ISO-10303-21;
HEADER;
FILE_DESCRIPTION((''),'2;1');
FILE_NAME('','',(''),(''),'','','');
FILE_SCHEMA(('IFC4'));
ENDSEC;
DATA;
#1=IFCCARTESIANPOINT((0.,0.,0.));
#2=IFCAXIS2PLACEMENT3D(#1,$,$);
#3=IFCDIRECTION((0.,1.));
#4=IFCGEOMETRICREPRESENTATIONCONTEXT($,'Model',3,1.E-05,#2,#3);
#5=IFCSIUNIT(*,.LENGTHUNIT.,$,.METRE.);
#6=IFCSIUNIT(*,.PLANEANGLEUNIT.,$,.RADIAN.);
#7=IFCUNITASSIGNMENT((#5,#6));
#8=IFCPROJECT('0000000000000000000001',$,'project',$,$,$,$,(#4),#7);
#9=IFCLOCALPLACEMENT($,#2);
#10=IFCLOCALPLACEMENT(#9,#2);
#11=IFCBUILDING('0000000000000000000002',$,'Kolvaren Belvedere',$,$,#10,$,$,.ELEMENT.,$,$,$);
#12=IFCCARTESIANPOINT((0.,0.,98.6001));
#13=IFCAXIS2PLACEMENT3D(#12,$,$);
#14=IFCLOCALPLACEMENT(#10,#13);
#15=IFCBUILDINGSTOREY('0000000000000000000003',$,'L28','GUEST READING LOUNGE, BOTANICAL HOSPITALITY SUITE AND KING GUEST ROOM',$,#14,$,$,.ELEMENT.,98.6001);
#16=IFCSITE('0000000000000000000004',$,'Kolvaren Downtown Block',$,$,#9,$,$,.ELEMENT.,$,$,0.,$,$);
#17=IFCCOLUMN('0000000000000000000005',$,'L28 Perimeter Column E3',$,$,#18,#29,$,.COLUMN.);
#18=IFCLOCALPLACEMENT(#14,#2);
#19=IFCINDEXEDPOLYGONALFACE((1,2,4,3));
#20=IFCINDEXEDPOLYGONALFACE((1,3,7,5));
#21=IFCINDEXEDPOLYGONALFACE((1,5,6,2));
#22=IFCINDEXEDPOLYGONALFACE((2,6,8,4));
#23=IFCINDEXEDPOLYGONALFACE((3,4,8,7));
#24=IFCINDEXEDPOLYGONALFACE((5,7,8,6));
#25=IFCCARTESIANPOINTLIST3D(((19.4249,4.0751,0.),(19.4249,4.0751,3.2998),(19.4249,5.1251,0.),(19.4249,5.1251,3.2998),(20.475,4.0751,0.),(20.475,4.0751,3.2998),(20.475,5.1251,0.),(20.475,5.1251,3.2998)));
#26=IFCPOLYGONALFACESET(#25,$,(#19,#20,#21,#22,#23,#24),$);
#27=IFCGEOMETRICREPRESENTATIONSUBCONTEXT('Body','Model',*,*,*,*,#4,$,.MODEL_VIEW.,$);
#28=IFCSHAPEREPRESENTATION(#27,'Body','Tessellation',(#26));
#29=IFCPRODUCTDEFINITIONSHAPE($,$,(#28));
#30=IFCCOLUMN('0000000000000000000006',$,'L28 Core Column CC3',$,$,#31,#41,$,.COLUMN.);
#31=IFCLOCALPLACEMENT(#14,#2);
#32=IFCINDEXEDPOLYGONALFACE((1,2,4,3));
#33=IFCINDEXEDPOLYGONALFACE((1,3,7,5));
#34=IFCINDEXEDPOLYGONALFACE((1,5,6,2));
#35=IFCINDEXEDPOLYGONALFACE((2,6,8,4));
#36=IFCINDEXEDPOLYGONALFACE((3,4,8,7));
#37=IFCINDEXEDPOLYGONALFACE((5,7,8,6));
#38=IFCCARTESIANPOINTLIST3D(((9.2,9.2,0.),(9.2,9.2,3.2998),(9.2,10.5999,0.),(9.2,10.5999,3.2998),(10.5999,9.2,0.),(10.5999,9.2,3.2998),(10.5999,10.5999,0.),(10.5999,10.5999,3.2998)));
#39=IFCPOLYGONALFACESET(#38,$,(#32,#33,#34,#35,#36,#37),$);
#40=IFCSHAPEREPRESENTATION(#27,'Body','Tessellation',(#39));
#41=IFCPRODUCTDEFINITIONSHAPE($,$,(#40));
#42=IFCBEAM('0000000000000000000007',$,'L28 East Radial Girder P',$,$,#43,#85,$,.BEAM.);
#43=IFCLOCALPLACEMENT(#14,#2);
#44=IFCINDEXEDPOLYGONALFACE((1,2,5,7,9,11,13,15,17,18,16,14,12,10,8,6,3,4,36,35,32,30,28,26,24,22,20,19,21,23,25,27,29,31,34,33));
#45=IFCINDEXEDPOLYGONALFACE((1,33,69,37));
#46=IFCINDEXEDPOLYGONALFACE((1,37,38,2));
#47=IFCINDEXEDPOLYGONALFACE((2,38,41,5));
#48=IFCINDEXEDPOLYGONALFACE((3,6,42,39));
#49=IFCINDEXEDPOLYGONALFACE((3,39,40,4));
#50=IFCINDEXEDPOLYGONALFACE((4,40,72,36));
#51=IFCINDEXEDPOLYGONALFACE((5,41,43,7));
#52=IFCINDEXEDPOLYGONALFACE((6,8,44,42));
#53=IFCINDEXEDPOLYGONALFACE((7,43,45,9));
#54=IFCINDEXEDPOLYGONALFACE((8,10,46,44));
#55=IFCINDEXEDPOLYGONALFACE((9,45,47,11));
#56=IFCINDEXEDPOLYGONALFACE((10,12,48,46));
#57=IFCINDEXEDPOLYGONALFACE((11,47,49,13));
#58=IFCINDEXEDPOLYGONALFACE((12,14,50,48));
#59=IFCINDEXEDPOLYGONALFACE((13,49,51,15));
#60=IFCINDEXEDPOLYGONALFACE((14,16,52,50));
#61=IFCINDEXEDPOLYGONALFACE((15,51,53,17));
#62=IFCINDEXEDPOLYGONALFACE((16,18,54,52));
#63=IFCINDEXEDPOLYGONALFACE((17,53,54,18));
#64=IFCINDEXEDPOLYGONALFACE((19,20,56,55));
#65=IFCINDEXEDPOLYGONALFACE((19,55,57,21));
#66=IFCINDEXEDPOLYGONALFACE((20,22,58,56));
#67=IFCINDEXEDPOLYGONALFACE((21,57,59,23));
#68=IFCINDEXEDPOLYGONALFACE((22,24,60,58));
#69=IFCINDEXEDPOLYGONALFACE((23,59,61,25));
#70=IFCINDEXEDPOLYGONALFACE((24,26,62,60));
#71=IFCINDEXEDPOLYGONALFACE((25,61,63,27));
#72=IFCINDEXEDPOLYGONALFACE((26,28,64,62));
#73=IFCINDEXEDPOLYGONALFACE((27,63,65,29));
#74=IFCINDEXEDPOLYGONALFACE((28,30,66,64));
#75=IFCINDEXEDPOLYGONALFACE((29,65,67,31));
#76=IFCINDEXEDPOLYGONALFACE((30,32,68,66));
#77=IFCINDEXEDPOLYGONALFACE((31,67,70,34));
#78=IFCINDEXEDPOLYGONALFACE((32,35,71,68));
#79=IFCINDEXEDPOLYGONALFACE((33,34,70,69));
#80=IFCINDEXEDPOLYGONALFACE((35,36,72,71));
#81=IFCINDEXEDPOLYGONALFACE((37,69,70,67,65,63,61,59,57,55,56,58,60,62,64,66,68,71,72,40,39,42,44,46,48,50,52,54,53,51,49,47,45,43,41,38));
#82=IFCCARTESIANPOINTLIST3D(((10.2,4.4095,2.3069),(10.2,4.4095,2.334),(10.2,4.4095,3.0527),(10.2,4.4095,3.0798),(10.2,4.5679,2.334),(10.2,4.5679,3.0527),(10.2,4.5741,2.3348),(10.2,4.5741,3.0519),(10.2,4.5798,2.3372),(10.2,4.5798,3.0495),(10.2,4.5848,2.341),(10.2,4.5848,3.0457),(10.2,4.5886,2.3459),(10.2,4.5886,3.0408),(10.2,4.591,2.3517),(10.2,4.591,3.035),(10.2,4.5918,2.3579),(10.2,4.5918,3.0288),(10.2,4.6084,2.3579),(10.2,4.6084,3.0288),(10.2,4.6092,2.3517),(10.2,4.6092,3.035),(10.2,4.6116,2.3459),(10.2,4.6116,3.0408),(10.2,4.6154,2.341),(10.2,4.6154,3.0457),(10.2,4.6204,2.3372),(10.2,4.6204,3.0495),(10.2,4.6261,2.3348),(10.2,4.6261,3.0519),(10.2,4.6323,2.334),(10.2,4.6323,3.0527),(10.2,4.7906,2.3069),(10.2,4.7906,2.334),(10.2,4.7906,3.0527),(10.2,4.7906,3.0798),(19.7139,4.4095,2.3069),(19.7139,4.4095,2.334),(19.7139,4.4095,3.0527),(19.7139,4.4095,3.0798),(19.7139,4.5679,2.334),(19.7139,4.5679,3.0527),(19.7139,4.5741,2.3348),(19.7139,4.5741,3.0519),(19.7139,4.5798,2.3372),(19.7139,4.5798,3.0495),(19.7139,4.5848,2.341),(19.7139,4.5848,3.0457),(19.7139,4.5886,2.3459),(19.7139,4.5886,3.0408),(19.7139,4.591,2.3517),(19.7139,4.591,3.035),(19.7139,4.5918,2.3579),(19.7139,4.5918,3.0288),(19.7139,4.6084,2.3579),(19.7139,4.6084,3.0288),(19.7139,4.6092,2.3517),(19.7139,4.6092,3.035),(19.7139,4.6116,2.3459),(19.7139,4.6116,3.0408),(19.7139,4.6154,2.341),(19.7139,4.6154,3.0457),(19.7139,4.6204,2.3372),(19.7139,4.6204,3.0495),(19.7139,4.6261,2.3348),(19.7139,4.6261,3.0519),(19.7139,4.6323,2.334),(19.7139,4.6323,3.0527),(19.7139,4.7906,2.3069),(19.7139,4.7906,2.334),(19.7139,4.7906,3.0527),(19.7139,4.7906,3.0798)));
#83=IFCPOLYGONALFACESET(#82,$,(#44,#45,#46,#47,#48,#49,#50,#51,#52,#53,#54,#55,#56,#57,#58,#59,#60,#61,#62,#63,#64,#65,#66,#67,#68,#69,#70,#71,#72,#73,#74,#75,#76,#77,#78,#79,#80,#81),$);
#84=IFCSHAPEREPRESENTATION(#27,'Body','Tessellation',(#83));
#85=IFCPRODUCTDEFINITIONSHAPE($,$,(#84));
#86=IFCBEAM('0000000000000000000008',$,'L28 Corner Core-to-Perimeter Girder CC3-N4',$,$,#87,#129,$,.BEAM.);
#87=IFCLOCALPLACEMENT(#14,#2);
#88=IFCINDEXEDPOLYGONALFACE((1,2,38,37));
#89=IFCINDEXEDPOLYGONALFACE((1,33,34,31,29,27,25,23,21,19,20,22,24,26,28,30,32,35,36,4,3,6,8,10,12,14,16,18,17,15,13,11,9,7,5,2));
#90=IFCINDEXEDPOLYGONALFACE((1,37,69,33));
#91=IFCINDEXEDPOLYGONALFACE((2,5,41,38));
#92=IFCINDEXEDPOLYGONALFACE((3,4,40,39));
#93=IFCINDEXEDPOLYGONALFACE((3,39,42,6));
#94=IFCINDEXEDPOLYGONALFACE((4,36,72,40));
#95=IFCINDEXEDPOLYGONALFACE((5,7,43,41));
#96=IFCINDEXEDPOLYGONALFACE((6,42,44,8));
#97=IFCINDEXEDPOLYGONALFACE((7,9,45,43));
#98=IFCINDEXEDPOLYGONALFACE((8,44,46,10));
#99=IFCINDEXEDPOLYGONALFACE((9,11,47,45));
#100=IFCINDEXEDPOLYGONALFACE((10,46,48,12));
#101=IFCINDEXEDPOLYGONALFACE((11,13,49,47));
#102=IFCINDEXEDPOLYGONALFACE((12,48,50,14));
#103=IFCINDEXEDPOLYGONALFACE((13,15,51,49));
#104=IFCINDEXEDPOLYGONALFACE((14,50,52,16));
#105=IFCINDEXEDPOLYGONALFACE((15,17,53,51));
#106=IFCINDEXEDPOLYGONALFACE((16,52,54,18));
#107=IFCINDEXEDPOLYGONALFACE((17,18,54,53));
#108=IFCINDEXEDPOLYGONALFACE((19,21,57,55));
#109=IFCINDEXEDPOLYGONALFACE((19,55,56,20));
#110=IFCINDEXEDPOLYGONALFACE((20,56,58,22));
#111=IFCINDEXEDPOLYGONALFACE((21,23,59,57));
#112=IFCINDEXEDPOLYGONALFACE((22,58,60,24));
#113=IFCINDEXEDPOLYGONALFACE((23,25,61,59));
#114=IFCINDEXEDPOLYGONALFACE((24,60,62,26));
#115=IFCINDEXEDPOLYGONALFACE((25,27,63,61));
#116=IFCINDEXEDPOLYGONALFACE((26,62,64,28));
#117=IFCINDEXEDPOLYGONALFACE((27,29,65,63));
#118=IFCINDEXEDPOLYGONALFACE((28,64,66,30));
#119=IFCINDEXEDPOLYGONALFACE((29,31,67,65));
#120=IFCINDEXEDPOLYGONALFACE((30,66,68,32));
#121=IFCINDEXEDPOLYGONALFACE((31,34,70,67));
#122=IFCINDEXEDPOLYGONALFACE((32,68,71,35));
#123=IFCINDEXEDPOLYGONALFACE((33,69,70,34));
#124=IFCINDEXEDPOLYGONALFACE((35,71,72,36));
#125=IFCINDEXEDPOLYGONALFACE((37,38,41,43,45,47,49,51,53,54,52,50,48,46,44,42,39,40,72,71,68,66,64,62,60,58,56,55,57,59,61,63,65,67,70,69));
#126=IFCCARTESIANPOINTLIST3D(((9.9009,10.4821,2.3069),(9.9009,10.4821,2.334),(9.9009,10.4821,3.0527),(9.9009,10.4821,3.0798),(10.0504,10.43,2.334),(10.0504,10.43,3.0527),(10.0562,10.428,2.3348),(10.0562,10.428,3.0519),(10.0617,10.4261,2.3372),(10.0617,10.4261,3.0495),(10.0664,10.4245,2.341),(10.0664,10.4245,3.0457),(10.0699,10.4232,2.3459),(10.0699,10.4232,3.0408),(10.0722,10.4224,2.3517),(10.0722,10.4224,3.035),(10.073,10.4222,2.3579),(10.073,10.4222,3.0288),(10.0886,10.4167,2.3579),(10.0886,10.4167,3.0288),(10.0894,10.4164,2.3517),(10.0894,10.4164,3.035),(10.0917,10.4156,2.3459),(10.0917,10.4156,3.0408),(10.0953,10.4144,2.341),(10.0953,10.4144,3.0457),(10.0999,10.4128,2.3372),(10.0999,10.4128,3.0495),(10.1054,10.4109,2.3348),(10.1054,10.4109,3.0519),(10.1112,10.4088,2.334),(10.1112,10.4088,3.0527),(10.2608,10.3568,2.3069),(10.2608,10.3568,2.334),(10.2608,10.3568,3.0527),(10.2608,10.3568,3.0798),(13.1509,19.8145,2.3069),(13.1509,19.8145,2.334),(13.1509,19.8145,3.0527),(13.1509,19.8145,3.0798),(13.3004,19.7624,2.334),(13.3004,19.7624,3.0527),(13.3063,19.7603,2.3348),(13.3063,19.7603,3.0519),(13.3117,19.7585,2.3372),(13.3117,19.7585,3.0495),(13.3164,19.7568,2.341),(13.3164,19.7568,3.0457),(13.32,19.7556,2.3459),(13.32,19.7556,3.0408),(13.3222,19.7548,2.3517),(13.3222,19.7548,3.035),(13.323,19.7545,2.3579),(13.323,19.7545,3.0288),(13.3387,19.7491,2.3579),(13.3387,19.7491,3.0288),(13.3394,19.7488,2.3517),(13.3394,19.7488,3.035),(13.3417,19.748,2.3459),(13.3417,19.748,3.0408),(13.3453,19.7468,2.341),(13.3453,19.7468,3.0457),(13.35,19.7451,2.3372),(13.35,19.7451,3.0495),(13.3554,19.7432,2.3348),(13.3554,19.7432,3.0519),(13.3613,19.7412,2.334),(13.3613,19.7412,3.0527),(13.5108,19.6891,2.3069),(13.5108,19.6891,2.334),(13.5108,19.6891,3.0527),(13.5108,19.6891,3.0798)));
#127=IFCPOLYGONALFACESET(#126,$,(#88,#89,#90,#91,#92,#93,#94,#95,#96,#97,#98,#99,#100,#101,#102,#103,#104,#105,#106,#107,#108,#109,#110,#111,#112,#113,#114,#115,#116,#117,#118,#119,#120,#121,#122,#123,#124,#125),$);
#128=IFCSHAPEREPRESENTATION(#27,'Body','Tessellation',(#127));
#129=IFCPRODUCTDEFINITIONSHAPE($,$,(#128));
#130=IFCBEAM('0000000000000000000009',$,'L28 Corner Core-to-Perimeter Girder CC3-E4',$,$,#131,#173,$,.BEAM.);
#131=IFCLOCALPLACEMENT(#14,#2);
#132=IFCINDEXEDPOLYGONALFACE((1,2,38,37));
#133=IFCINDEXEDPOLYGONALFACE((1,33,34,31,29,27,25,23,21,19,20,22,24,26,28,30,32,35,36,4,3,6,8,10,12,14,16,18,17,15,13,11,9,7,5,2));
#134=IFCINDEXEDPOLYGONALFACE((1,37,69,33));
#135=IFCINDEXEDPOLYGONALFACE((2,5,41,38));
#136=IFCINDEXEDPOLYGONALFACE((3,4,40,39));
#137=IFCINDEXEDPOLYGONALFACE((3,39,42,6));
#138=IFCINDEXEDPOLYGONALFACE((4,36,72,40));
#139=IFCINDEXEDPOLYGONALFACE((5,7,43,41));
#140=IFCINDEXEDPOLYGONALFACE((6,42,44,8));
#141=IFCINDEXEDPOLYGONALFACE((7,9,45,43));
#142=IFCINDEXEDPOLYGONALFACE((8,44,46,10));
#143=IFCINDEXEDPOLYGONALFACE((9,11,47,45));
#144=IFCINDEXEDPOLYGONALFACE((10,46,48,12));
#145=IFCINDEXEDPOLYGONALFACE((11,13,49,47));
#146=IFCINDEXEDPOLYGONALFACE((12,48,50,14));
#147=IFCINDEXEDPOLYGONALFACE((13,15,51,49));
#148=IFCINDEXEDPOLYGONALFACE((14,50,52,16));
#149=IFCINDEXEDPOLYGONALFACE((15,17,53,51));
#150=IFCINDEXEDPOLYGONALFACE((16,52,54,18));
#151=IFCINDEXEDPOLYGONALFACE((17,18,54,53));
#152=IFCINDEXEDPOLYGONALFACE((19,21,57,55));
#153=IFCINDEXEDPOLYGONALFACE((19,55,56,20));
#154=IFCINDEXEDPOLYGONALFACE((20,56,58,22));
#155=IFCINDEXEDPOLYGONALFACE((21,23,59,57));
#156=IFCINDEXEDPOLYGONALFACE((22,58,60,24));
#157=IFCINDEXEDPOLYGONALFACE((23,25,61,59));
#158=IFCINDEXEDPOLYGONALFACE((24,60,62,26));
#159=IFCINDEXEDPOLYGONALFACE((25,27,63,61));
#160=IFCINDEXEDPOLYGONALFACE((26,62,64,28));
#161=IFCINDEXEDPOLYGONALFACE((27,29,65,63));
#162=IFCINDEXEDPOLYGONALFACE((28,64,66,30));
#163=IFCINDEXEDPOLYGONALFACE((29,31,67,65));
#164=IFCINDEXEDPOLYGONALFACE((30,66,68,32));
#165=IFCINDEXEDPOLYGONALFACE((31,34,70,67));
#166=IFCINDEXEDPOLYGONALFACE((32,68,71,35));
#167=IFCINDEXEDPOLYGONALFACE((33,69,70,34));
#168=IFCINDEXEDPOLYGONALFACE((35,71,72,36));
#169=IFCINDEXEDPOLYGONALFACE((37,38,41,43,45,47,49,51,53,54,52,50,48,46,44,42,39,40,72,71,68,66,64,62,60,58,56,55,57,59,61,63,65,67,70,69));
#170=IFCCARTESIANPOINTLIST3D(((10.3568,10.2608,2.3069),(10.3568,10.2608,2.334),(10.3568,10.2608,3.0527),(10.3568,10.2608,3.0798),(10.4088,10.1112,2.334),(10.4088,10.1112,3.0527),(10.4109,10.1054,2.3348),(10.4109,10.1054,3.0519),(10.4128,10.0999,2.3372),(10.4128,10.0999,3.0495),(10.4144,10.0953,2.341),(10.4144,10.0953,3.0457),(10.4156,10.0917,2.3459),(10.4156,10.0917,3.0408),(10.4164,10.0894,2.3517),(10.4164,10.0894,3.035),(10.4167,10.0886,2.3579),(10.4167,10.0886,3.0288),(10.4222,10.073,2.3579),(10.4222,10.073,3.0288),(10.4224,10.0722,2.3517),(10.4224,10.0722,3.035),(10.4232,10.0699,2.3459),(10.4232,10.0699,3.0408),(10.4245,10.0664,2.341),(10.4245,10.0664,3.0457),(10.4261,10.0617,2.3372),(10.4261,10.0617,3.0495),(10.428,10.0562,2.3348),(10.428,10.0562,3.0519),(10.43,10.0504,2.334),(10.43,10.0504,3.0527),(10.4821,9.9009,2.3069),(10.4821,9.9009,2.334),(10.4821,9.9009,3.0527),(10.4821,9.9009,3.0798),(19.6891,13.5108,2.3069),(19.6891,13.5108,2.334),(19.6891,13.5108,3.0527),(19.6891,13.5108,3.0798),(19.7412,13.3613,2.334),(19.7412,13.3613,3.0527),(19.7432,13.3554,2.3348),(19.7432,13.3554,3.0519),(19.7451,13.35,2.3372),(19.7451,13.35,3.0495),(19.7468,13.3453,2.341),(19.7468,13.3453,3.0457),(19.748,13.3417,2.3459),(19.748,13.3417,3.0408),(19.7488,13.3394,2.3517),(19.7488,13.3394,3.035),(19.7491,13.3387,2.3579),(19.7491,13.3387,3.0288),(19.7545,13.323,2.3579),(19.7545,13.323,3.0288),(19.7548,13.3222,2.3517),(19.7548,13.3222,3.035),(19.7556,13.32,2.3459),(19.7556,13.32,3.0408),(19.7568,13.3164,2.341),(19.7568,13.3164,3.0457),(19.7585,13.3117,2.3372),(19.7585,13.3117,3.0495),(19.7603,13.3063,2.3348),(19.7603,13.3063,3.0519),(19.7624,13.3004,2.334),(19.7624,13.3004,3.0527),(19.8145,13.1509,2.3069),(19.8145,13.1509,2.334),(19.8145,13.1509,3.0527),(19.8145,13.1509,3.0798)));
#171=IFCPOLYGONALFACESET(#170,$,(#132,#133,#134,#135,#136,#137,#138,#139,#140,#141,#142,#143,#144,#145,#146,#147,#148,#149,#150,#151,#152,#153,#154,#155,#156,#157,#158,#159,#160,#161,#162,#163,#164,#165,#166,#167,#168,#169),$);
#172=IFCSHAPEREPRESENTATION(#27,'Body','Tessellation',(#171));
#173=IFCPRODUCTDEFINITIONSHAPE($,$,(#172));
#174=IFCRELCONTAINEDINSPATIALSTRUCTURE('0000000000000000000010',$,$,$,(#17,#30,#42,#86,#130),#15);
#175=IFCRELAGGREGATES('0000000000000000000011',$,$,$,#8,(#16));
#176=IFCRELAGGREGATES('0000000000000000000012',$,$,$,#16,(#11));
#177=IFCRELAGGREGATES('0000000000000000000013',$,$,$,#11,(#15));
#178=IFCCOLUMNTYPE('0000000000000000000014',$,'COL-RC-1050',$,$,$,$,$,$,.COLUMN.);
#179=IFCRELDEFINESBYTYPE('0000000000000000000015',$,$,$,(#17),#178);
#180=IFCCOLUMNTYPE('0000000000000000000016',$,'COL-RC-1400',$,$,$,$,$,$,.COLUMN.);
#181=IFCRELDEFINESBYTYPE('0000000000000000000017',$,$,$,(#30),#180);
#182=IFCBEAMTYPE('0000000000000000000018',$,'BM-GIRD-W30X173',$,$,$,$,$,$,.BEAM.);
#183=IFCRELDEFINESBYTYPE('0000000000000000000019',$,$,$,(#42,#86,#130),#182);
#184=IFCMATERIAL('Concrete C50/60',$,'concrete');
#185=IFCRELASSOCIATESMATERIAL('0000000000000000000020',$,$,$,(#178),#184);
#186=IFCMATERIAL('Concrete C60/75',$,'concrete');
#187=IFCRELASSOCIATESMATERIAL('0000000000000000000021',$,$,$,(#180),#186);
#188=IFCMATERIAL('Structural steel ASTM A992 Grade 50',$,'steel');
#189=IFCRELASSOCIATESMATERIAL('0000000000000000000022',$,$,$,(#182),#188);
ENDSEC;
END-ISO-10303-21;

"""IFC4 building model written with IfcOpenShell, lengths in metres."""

from ifc_helpers import new_model, si_unit, direction, frame, origin, origin_2d, place, context, subcontext, project, spatial, rectangle, i_section, extrude, material, material_profile, profile_set, type_object, element, save


model = new_model("IFC4")

# Units and contexts
model_context = context("Model", 3, precision=1e-05, world=origin(), true_north=direction((0.0, 1.0)))
body_context = subcontext(model_context, "Body", "Model", "MODEL_VIEW")
ifc_project = project(units=[si_unit("LENGTHUNIT", "METRE"), si_unit("PLANEANGLEUNIT", "RADIAN")], contexts=[model_context])

# Site, building, storey
site_placement = place(None, origin())
site = spatial("IfcSite", under=ifc_project, at=site_placement, Name="Kolvaren Downtown Block", CompositionType="ELEMENT", RefElevation=0.0)
building_placement = place(site_placement, origin())
building = spatial("IfcBuilding", under=site, at=building_placement, Name="Kolvaren Belvedere", CompositionType="ELEMENT")
storey_placement = place(building_placement, frame((0.0, 0.0, 98.6001)))
storey = spatial("IfcBuildingStorey", under=building, at=storey_placement, Name="L28", Description="GUEST READING LOUNGE, BOTANICAL HOSPITALITY SUITE AND KING GUEST ROOM", CompositionType="ELEMENT", Elevation=98.6001)

# Columns
ifc_material_1 = material(Name="Concrete C50/60", Category="concrete")
ifc_material_profile_1 = material_profile(ifc_material_1, rectangle(XDim=1.05, YDim=1.05, at=origin_2d()), Name="RC 1050X1050")
ifc_profile_set_1 = profile_set([ifc_material_profile_1], Name="Concrete C50/60")
column_type_1 = type_object("IfcColumnType", Name="COL-RC-1050", PredefinedType="COLUMN", material=ifc_profile_set_1)
column_1_placement = place(storey_placement, frame((19.95, 4.6001, 0.0), z_axis=(0.0, 0.0, 1.0), x_axis=(1.0, 0.0, 0.0)))
element("IfcColumn", 1, at=column_1_placement, inside=storey, type_object=column_type_1, Name="L28 Perimeter Column E3", PredefinedType="COLUMN", context=body_context, shape_type="SweptSolid", body=[
    extrude(rectangle(XDim=1.05, YDim=1.05, at=origin_2d()), origin(), (0.0, 0.0, 1.0), 3.2998),
])
ifc_material_2 = material(Name="Concrete C60/75", Category="concrete")
ifc_material_profile_2 = material_profile(ifc_material_2, rectangle(XDim=1.3999, YDim=1.3999, at=origin_2d()), Name="RC 1400X1400")
ifc_profile_set_2 = profile_set([ifc_material_profile_2], Name="Concrete C60/75")
column_type_2 = type_object("IfcColumnType", Name="COL-RC-1400", PredefinedType="COLUMN", material=ifc_profile_set_2)
column_2_placement = place(storey_placement, frame((9.8999, 9.8999, 0.0), z_axis=(0.0, 0.0, 1.0), x_axis=(1.0, 0.0, 0.0)))
element("IfcColumn", 2, at=column_2_placement, inside=storey, type_object=column_type_2, Name="L28 Core Column CC3", PredefinedType="COLUMN", context=body_context, shape_type="SweptSolid", body=[
    extrude(rectangle(XDim=1.3999, YDim=1.3999, at=origin_2d()), origin(), (0.0, 0.0, 1.0), 3.2998),
])

# Beams
ifc_material_3 = material(Name="Structural steel ASTM A992 Grade 50", Category="steel")
ifc_material_profile_3 = material_profile(ifc_material_3, i_section(OverallWidth=0.3811, OverallDepth=0.7729, WebThickness=0.0166, FlangeThickness=0.0271, FilletRadius=0.0239, at=origin_2d()), Name="W30X173")
ifc_profile_set_3 = profile_set([ifc_material_profile_3], Name="Structural steel ASTM A992 Grade 50")
beam_type_1 = type_object("IfcBeamType", Name="BM-GIRD-W30X173", PredefinedType="BEAM", material=ifc_profile_set_3)
beam_1_placement = place(storey_placement, frame((10.2, 4.6001, 2.6934), z_axis=(1.0, 0.0, 0.0), x_axis=(0.0, 1.0, 0.0)))
element("IfcBeam", 3, at=beam_1_placement, inside=storey, type_object=beam_type_1, Name="L28 East Radial Girder P", PredefinedType="BEAM", context=body_context, shape_type="SweptSolid", body=[
    extrude(i_section(OverallWidth=0.3811, OverallDepth=0.7729, WebThickness=0.0166, FlangeThickness=0.0271, FilletRadius=0.0239, at=origin_2d()), origin(), (0.0, 0.0, 1.0), 9.5139),
])
for number, where, z_axis, x_axis, name in (
    (4, (10.0808, 10.4194, 2.6934), (0.328881, 0.944371, 0.0), (-0.944371, 0.328881, 0.0), "L28 Corner Core-to-Perimeter Girder CC3-N4"),
    (5, (10.4194, 10.0808, 2.6934), (0.944371, 0.328881, 0.0), (-0.328881, 0.944371, 0.0), "L28 Corner Core-to-Perimeter Girder CC3-E4"),
):
    element("IfcBeam", number, at=place(storey_placement, frame(where, z_axis=z_axis, x_axis=x_axis)), inside=storey, type_object=beam_type_1, Name=name, PredefinedType="BEAM", context=body_context, shape_type="SweptSolid", body=[
        extrude(i_section(OverallWidth=0.3811, OverallDepth=0.7729, WebThickness=0.0166, FlangeThickness=0.0271, FilletRadius=0.0239, at=origin_2d()), origin(), (0.0, 0.0, 1.0), 9.8821),
    ])

save(model, "model.ifc")
